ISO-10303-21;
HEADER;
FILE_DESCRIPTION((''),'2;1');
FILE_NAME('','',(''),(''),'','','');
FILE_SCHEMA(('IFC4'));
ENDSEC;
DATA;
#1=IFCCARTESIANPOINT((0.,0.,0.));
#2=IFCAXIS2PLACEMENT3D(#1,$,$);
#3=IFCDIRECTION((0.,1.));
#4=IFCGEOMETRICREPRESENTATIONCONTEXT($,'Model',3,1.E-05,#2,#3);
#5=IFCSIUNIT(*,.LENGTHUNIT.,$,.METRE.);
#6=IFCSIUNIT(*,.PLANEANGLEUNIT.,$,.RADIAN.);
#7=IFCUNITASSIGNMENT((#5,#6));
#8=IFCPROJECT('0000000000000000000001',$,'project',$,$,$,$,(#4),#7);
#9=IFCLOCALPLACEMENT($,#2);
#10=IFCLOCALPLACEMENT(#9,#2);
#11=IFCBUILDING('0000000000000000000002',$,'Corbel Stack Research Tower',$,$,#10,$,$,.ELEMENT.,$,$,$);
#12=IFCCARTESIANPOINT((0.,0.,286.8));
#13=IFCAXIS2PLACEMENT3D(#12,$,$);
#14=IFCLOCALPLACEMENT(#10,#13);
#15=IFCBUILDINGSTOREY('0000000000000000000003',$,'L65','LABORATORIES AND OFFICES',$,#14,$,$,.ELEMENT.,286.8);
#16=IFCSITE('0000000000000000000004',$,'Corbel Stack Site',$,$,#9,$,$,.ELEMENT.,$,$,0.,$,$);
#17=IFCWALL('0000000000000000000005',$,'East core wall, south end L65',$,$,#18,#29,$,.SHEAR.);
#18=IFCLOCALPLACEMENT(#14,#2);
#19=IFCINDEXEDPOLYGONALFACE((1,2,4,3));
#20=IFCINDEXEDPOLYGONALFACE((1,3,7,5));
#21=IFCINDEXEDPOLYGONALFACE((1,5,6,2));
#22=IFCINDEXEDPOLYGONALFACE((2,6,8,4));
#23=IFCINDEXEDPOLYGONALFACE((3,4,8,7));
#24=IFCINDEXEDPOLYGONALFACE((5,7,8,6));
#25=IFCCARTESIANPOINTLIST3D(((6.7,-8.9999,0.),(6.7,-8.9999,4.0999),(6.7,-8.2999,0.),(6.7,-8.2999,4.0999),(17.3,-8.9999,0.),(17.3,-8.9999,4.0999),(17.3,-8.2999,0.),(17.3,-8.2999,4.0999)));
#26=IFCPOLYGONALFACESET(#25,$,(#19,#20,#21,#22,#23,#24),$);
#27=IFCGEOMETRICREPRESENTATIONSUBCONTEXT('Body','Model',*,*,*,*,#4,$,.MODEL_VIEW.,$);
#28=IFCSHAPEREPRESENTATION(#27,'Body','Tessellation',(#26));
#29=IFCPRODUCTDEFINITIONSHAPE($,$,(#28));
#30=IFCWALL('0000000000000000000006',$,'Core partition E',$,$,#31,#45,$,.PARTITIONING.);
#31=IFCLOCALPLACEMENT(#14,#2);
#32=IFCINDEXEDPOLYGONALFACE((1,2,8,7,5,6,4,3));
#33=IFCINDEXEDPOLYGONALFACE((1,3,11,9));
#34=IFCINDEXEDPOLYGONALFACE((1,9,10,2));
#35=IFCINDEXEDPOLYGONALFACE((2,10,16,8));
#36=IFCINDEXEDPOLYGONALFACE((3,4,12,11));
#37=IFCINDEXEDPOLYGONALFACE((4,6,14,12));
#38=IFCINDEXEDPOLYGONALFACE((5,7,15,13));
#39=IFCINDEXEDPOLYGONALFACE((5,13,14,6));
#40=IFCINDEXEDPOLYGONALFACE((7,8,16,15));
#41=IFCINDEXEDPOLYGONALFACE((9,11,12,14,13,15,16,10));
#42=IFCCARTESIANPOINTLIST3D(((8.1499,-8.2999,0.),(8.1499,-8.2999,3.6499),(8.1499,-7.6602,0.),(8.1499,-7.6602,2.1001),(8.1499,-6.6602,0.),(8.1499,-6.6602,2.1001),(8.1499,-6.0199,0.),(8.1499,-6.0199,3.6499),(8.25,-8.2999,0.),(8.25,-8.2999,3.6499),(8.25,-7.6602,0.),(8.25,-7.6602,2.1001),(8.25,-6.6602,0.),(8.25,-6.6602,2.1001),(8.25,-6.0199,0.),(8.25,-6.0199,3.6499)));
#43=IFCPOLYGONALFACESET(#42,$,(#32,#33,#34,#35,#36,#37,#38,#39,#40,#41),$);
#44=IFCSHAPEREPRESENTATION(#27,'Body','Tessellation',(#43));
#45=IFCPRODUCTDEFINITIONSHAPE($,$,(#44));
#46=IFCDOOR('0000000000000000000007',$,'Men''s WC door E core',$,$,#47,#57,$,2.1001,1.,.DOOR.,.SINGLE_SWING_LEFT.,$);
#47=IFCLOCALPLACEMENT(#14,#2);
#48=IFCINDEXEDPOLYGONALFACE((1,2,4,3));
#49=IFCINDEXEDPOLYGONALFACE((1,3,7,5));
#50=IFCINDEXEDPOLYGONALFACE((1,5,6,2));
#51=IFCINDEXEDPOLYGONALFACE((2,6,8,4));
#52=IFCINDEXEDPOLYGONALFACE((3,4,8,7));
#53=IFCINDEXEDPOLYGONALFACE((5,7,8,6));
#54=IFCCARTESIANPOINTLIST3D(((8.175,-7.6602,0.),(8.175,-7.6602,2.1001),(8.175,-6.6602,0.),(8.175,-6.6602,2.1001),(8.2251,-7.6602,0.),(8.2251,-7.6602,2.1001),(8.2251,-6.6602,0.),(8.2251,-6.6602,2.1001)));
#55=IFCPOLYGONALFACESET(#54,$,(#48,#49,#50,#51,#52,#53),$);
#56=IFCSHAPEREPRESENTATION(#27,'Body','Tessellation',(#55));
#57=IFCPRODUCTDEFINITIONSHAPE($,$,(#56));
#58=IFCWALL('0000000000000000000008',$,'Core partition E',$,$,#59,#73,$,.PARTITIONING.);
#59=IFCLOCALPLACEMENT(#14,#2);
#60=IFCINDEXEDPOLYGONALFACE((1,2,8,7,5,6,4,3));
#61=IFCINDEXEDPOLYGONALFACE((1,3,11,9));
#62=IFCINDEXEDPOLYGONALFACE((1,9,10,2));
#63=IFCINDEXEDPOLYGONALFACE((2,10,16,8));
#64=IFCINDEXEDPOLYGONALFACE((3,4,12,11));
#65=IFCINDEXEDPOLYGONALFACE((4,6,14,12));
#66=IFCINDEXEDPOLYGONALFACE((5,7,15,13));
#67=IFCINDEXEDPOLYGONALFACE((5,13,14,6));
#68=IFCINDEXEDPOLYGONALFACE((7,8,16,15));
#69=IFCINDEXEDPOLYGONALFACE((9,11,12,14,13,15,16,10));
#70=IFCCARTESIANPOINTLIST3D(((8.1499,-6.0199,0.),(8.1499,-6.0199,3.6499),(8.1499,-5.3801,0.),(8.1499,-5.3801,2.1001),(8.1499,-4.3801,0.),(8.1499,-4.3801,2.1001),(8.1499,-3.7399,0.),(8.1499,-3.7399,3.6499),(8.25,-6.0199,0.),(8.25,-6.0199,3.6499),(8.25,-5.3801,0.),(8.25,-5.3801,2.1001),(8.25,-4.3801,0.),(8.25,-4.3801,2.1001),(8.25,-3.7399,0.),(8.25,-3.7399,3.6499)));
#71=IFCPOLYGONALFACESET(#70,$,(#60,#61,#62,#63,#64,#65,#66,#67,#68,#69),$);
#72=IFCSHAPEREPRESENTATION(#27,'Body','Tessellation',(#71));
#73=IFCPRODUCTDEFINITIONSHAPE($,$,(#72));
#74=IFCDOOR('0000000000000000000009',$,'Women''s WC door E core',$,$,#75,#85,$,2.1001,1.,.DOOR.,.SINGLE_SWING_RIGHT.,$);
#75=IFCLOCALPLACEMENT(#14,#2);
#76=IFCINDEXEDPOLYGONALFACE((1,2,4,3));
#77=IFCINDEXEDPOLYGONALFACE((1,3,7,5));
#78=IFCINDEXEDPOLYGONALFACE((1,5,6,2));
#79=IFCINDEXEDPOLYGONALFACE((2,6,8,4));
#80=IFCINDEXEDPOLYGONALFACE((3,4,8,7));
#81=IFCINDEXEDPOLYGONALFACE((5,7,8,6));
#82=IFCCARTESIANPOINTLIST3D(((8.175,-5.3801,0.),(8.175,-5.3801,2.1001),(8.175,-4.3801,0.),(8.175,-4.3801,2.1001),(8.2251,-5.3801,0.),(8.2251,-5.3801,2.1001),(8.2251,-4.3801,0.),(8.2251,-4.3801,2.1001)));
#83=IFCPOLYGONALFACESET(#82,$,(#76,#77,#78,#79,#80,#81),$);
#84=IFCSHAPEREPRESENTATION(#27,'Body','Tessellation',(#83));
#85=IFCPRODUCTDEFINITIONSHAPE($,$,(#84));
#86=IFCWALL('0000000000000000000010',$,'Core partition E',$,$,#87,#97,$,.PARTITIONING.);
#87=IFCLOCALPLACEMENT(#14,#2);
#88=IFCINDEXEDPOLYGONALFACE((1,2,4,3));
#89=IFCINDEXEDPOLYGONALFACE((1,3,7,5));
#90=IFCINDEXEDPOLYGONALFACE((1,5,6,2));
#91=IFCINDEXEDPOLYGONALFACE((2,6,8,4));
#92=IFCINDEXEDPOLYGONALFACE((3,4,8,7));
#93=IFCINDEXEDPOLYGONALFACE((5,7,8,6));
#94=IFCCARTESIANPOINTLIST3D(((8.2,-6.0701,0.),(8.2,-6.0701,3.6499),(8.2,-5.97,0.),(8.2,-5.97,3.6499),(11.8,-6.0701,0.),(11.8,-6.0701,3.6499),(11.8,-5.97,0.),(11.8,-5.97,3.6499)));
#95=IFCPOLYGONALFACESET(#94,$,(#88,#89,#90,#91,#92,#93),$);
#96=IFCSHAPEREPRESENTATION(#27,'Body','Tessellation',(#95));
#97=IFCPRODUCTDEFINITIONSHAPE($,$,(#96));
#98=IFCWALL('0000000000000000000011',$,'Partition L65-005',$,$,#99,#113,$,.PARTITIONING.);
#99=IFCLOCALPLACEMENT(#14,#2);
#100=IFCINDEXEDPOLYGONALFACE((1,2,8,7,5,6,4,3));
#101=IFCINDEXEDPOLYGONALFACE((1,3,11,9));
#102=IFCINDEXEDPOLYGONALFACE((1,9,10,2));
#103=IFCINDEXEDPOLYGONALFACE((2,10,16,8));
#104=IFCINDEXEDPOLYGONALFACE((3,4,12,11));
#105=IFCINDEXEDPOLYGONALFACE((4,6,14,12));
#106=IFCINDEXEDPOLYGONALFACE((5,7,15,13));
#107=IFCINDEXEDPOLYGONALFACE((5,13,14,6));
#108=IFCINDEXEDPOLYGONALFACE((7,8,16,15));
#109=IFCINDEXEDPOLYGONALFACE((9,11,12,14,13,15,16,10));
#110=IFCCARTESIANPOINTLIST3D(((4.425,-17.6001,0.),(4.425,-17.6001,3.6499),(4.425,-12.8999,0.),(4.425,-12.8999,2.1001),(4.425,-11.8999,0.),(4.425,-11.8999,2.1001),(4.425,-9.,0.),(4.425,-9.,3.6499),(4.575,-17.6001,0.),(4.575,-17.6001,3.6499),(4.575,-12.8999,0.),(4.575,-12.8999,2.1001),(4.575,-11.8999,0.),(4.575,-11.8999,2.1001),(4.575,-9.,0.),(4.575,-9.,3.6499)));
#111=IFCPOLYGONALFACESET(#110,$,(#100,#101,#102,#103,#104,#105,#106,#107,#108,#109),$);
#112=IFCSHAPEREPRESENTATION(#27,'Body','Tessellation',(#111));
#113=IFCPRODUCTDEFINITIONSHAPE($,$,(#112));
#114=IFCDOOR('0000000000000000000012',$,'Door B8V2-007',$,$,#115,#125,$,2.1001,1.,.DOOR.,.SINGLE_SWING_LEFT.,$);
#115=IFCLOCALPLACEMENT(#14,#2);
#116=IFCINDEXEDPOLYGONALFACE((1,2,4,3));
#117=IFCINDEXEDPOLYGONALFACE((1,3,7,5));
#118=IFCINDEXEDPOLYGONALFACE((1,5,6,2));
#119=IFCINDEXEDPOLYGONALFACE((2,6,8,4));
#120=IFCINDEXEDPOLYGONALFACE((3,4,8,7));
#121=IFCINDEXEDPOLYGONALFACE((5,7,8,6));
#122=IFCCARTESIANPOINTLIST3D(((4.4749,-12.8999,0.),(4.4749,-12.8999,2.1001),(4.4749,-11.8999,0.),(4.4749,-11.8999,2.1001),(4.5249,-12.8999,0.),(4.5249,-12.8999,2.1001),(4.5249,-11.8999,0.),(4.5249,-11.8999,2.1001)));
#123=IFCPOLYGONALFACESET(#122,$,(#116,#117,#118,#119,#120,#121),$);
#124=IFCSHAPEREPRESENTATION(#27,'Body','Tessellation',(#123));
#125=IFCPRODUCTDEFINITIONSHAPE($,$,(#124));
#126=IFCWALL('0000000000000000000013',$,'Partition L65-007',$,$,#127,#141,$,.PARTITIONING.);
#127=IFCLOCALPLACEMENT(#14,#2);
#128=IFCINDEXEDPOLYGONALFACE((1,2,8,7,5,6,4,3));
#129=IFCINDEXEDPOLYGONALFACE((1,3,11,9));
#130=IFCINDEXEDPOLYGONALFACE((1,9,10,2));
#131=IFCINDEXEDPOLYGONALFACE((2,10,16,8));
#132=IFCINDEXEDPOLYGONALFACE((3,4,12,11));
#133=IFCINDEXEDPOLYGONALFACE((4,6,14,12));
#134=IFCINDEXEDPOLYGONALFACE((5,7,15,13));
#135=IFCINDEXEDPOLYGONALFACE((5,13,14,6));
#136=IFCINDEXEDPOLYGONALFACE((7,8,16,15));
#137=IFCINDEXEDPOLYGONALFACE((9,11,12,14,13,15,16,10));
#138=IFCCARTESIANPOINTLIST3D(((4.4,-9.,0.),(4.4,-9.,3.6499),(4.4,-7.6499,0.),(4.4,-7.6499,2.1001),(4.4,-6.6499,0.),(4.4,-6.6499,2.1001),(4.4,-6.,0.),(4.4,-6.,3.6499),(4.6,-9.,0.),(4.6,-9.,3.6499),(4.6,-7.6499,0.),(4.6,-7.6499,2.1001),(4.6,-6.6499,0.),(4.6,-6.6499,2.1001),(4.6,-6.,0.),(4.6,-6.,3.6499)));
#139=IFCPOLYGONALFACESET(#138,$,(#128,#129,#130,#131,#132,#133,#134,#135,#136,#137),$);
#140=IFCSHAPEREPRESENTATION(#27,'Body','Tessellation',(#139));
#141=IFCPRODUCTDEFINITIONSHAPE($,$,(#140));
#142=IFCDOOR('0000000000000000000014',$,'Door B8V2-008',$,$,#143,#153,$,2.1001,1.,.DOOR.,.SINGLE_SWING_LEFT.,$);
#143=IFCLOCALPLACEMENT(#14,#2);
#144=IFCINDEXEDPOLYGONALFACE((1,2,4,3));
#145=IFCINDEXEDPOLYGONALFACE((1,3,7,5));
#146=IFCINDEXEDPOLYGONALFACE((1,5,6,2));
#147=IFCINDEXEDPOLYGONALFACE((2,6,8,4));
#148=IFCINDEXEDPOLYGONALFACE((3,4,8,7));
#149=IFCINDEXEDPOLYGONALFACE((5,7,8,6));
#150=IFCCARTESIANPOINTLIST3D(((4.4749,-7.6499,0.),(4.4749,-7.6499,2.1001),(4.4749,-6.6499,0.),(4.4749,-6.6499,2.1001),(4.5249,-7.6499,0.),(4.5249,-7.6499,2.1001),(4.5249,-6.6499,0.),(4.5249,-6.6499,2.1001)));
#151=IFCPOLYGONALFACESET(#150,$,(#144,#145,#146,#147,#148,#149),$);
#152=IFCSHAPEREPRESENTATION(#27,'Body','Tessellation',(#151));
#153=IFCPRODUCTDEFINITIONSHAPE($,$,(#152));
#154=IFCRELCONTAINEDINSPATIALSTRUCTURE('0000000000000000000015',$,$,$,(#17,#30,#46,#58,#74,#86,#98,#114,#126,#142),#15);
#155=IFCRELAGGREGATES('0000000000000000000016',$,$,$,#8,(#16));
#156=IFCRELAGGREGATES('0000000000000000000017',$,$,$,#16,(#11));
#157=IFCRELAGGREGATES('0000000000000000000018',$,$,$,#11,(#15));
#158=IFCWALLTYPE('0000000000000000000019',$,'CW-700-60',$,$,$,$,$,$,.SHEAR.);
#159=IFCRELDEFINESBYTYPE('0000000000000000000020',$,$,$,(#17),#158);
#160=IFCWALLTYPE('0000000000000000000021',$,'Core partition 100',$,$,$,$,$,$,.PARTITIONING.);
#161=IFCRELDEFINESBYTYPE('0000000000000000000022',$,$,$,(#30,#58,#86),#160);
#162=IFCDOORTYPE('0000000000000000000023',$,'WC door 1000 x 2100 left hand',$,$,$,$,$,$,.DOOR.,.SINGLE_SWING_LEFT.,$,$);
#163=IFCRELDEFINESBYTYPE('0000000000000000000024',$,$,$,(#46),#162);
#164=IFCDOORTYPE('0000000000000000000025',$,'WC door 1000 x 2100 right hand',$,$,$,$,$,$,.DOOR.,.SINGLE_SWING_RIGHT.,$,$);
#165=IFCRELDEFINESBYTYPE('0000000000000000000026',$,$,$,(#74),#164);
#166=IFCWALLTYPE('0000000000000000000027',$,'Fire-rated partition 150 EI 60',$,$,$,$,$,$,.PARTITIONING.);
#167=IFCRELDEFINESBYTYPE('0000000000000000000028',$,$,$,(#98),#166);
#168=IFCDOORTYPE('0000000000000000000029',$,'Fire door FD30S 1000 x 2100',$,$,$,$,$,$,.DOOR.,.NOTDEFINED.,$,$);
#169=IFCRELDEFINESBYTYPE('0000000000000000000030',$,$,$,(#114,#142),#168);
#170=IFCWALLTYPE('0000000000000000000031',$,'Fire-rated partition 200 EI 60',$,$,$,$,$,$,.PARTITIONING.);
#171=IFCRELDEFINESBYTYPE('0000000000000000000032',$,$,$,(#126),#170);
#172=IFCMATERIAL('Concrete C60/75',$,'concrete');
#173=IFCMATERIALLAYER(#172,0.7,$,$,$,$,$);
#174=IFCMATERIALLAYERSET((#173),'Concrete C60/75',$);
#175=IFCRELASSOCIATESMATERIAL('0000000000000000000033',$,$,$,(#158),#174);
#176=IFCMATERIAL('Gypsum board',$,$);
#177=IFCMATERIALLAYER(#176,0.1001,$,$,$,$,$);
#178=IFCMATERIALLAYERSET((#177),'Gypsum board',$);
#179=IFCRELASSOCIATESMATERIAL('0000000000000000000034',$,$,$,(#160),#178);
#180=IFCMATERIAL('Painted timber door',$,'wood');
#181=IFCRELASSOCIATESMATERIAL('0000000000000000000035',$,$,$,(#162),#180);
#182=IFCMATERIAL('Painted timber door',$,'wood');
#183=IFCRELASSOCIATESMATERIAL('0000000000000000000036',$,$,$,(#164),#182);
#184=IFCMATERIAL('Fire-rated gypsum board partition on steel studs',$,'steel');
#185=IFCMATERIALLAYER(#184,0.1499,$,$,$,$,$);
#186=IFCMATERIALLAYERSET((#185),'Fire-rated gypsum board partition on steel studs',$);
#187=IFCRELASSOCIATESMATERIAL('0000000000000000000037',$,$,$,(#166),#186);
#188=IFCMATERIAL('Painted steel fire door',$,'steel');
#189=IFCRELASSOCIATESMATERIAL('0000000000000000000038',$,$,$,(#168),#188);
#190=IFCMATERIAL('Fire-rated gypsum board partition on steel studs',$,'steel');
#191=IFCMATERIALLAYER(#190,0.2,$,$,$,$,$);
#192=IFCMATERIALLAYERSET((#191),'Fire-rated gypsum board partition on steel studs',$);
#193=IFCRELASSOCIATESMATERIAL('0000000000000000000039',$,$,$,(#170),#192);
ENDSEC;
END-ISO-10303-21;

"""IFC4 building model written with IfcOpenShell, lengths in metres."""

from ifc_helpers import new_model, si_unit, direction, frame, frame_2d, origin, place, context, subcontext, project, spatial, rectangle, extrude, material, layer, layer_set, type_object, element, fill, save


model = new_model("IFC4")

# Units and contexts
model_context = context("Model", 3, precision=1e-05, world=origin(), true_north=direction((0.0, 1.0)))
body_context = subcontext(model_context, "Body", "Model", "MODEL_VIEW")
ifc_project = project(units=[si_unit("LENGTHUNIT", "METRE"), si_unit("PLANEANGLEUNIT", "RADIAN")], contexts=[model_context])

# Site, building, storey
site_placement = place(None, origin())
site = spatial("IfcSite", under=ifc_project, at=site_placement, Name="Corbel Stack Site", CompositionType="ELEMENT", RefElevation=0.0)
building_placement = place(site_placement, origin())
building = spatial("IfcBuilding", under=site, at=building_placement, Name="Corbel Stack Research Tower", CompositionType="ELEMENT")
storey_placement = place(building_placement, frame((0.0, 0.0, 286.8)))
storey = spatial("IfcBuildingStorey", under=building, at=storey_placement, Name="L65", Description="LABORATORIES AND OFFICES", CompositionType="ELEMENT", Elevation=286.8)

# Shared definitions
ifc_material_1 = material(Name="Concrete C60/75", Category="concrete")
ifc_layer_1 = layer(ifc_material_1, 0.7)
ifc_layer_set_1 = layer_set([ifc_layer_1], Name="Concrete C60/75")
wall_type_1 = type_object("IfcWallType", Name="CW-700-60", PredefinedType="SHEAR", material=ifc_layer_set_1)

# Wall
wall_1_placement = place(storey_placement, frame((6.7, -8.6499, 0.0), z_axis=(0.0, 0.0, 1.0), x_axis=(1.0, 0.0, 0.0)))
element("IfcWall", 1, at=wall_1_placement, inside=storey, type_object=wall_type_1, Name="East core wall, south end L65", PredefinedType="SHEAR", context=body_context, shape_type="SweptSolid", body=[
    extrude(rectangle(XDim=10.6001, YDim=0.7, at=frame_2d((5.3, 0.0))), origin(), (0.0, 0.0, 1.0), 4.0999),
])

# Walls, openings, doors
ifc_material_2 = material(Name="Gypsum board")
ifc_layer_2 = layer(ifc_material_2, 0.1001)
ifc_layer_set_2 = layer_set([ifc_layer_2], Name="Gypsum board")
wall_type_2 = type_object("IfcWallType", Name="Core partition 100", PredefinedType="PARTITIONING", material=ifc_layer_set_2)
wall_2_placement = place(storey_placement, frame((8.2, -8.3, 0.0), z_axis=(0.0, 0.0, 1.0), x_axis=(0.0, 1.0, 0.0)))
wall_2 = element("IfcWall", 2, at=wall_2_placement, inside=storey, type_object=wall_type_2, Name="Core partition E", PredefinedType="PARTITIONING", context=body_context, shape_type="SweptSolid", body=[
    extrude(rectangle(XDim=2.28, YDim=0.1001, at=frame_2d((1.1401, 0.0))), origin(), (0.0, 0.0, 1.0), 3.6499),
])
opening_1_placement = place(wall_2_placement, frame((0.6399, 0.0, 0.0)))
opening_1 = element("IfcOpeningElement", 3, at=opening_1_placement, cuts=wall_2, PredefinedType="OPENING", context=body_context, shape_type="SweptSolid", body=[
    extrude(rectangle(XDim=1.0, YDim=2.1001, at=frame_2d((0.5, 1.05))), frame((0.0, 0.0601, 0.0), z_axis=(0.0, -1.0, 0.0), x_axis=(1.0, 0.0, 0.0)), (0.0, 0.0, 1.0), 0.1201),
])
ifc_material_3 = material(Name="Painted timber door", Category="wood")
door_type_1 = type_object("IfcDoorType", Name="WC door 1000 x 2100 left hand", OperationType="SINGLE_SWING_LEFT", PredefinedType="DOOR", material=ifc_material_3)
door_1_placement = place(opening_1_placement, origin())
door_1 = element("IfcDoor", 4, at=door_1_placement, inside=storey, type_object=door_type_1, Name="Men's WC door E core", OperationType="SINGLE_SWING_LEFT", OverallHeight=2.1001, OverallWidth=1.0, PredefinedType="DOOR", context=body_context, shape_type="SweptSolid", body=[
    extrude(rectangle(XDim=1.0, YDim=2.1001, at=frame_2d((0.5, 1.05))), frame((0.0, 0.0249, 0.0), z_axis=(0.0, -1.0, 0.0), x_axis=(1.0, 0.0, 0.0)), (0.0, 0.0, 1.0), 0.05),
])
fill(opening_1, door_1)
wall_3_placement = place(storey_placement, frame((8.2, -6.02, 0.0), z_axis=(0.0, 0.0, 1.0), x_axis=(0.0, 1.0, 0.0)))
wall_3 = element("IfcWall", 5, at=wall_3_placement, inside=storey, type_object=wall_type_2, Name="Core partition E", PredefinedType="PARTITIONING", context=body_context, shape_type="SweptSolid", body=[
    extrude(rectangle(XDim=2.28, YDim=0.1001, at=frame_2d((1.1401, 0.0))), origin(), (0.0, 0.0, 1.0), 3.6499),
])
opening_2_placement = place(wall_3_placement, frame((0.6399, 0.0, 0.0)))
opening_2 = element("IfcOpeningElement", 6, at=opening_2_placement, cuts=wall_3, PredefinedType="OPENING", context=body_context, shape_type="SweptSolid", body=[
    extrude(rectangle(XDim=1.0, YDim=2.1001, at=frame_2d((0.5, 1.05))), frame((0.0, 0.0601, 0.0), z_axis=(0.0, -1.0, 0.0), x_axis=(1.0, 0.0, 0.0)), (0.0, 0.0, 1.0), 0.1201),
])
ifc_material_4 = material(Name="Painted timber door", Category="wood")
door_type_2 = type_object("IfcDoorType", Name="WC door 1000 x 2100 right hand", OperationType="SINGLE_SWING_RIGHT", PredefinedType="DOOR", material=ifc_material_4)
door_2_placement = place(opening_2_placement, origin())
door_2 = element("IfcDoor", 7, at=door_2_placement, inside=storey, type_object=door_type_2, Name="Women's WC door E core", OperationType="SINGLE_SWING_RIGHT", OverallHeight=2.1001, OverallWidth=1.0, PredefinedType="DOOR", context=body_context, shape_type="SweptSolid", body=[
    extrude(rectangle(XDim=1.0, YDim=2.1001, at=frame_2d((0.5, 1.05))), frame((0.0, 0.0249, 0.0), z_axis=(0.0, -1.0, 0.0), x_axis=(1.0, 0.0, 0.0)), (0.0, 0.0, 1.0), 0.05),
])
fill(opening_2, door_2)

# Wall
wall_4_placement = place(storey_placement, frame((8.2, -6.02, 0.0), z_axis=(0.0, 0.0, 1.0), x_axis=(1.0, 0.0, 0.0)))
element("IfcWall", 8, at=wall_4_placement, inside=storey, type_object=wall_type_2, Name="Core partition E", PredefinedType="PARTITIONING", context=body_context, shape_type="SweptSolid", body=[
    extrude(rectangle(XDim=3.6001, YDim=0.1001, at=frame_2d((1.8, 0.0))), origin(), (0.0, 0.0, 1.0), 3.6499),
])

# Walls, openings, doors
ifc_material_5 = material(Name="Fire-rated gypsum board partition on steel studs", Category="steel")
ifc_layer_3 = layer(ifc_material_5, 0.1499)
ifc_layer_set_3 = layer_set([ifc_layer_3], Name="Fire-rated gypsum board partition on steel studs")
wall_type_3 = type_object("IfcWallType", Name="Fire-rated partition 150 EI 60", PredefinedType="PARTITIONING", material=ifc_layer_set_3)
wall_5_placement = place(storey_placement, frame((4.5, -9.0, 0.0), z_axis=(0.0, 0.0, 1.0), x_axis=(0.0, -1.0, 0.0)))
wall_5 = element("IfcWall", 9, at=wall_5_placement, inside=storey, type_object=wall_type_3, Name="Partition L65-005", PredefinedType="PARTITIONING", context=body_context, shape_type="SweptSolid", body=[
    extrude(rectangle(XDim=8.6001, YDim=0.1499, at=frame_2d((4.3, 0.0))), origin(), (0.0, 0.0, 1.0), 3.6499),
])
opening_3_placement = place(wall_5_placement, frame((2.8999, 0.0, 0.0)))
opening_3 = element("IfcOpeningElement", 10, at=opening_3_placement, cuts=wall_5, PredefinedType="OPENING", context=body_context, shape_type="SweptSolid", body=[
    extrude(rectangle(XDim=1.0, YDim=2.1001, at=frame_2d((0.5, 1.05))), frame((0.0, 0.085, 0.0), z_axis=(0.0, -1.0, 0.0), x_axis=(1.0, 0.0, 0.0)), (0.0, 0.0, 1.0), 0.1699),
])
ifc_material_6 = material(Name="Painted steel fire door", Category="steel")
door_type_3 = type_object("IfcDoorType", Name="Fire door FD30S 1000 x 2100", OperationType="NOTDEFINED", PredefinedType="DOOR", material=ifc_material_6)
door_3_placement = place(opening_3_placement, origin())
door_3 = element("IfcDoor", 11, at=door_3_placement, inside=storey, type_object=door_type_3, Name="Door B8V2-007", OperationType="SINGLE_SWING_LEFT", OverallHeight=2.1001, OverallWidth=1.0, PredefinedType="DOOR", context=body_context, shape_type="SweptSolid", body=[
    extrude(rectangle(XDim=1.0, YDim=2.1001, at=frame_2d((0.5, 1.05))), frame((0.0, 0.0249, 0.0), z_axis=(0.0, -1.0, 0.0), x_axis=(1.0, 0.0, 0.0)), (0.0, 0.0, 1.0), 0.05),
])
fill(opening_3, door_3)
ifc_material_7 = material(Name="Fire-rated gypsum board partition on steel studs", Category="steel")
ifc_layer_4 = layer(ifc_material_7, 0.2)
ifc_layer_set_4 = layer_set([ifc_layer_4], Name="Fire-rated gypsum board partition on steel studs")
wall_type_4 = type_object("IfcWallType", Name="Fire-rated partition 200 EI 60", PredefinedType="PARTITIONING", material=ifc_layer_set_4)
wall_6_placement = place(storey_placement, frame((4.5, -6.0, 0.0), z_axis=(0.0, 0.0, 1.0), x_axis=(0.0, -1.0, 0.0)))
wall_6 = element("IfcWall", 12, at=wall_6_placement, inside=storey, type_object=wall_type_4, Name="Partition L65-007", PredefinedType="PARTITIONING", context=body_context, shape_type="SweptSolid", body=[
    extrude(rectangle(XDim=3.0, YDim=0.2, at=frame_2d((1.5, 0.0))), origin(), (0.0, 0.0, 1.0), 3.6499),
])
opening_4_placement = place(wall_6_placement, frame((0.6499, 0.0, 0.0)))
opening_4 = element("IfcOpeningElement", 13, at=opening_4_placement, cuts=wall_6, PredefinedType="OPENING", context=body_context, shape_type="SweptSolid", body=[
    extrude(rectangle(XDim=1.0, YDim=2.1001, at=frame_2d((0.5, 1.05))), frame((0.0, 0.1099, 0.0), z_axis=(0.0, -1.0, 0.0), x_axis=(1.0, 0.0, 0.0)), (0.0, 0.0, 1.0), 0.22),
])
door_4_placement = place(opening_4_placement, origin())
door_4 = element("IfcDoor", 14, at=door_4_placement, inside=storey, type_object=door_type_3, Name="Door B8V2-008", OperationType="SINGLE_SWING_LEFT", OverallHeight=2.1001, OverallWidth=1.0, PredefinedType="DOOR", context=body_context, shape_type="SweptSolid", body=[
    extrude(rectangle(XDim=1.0, YDim=2.1001, at=frame_2d((0.5, 1.05))), frame((0.0, 0.0249, 0.0), z_axis=(0.0, -1.0, 0.0), x_axis=(1.0, 0.0, 0.0)), (0.0, 0.0, 1.0), 0.05),
])
fill(opening_4, door_4)

save(model, "model.ifc")
